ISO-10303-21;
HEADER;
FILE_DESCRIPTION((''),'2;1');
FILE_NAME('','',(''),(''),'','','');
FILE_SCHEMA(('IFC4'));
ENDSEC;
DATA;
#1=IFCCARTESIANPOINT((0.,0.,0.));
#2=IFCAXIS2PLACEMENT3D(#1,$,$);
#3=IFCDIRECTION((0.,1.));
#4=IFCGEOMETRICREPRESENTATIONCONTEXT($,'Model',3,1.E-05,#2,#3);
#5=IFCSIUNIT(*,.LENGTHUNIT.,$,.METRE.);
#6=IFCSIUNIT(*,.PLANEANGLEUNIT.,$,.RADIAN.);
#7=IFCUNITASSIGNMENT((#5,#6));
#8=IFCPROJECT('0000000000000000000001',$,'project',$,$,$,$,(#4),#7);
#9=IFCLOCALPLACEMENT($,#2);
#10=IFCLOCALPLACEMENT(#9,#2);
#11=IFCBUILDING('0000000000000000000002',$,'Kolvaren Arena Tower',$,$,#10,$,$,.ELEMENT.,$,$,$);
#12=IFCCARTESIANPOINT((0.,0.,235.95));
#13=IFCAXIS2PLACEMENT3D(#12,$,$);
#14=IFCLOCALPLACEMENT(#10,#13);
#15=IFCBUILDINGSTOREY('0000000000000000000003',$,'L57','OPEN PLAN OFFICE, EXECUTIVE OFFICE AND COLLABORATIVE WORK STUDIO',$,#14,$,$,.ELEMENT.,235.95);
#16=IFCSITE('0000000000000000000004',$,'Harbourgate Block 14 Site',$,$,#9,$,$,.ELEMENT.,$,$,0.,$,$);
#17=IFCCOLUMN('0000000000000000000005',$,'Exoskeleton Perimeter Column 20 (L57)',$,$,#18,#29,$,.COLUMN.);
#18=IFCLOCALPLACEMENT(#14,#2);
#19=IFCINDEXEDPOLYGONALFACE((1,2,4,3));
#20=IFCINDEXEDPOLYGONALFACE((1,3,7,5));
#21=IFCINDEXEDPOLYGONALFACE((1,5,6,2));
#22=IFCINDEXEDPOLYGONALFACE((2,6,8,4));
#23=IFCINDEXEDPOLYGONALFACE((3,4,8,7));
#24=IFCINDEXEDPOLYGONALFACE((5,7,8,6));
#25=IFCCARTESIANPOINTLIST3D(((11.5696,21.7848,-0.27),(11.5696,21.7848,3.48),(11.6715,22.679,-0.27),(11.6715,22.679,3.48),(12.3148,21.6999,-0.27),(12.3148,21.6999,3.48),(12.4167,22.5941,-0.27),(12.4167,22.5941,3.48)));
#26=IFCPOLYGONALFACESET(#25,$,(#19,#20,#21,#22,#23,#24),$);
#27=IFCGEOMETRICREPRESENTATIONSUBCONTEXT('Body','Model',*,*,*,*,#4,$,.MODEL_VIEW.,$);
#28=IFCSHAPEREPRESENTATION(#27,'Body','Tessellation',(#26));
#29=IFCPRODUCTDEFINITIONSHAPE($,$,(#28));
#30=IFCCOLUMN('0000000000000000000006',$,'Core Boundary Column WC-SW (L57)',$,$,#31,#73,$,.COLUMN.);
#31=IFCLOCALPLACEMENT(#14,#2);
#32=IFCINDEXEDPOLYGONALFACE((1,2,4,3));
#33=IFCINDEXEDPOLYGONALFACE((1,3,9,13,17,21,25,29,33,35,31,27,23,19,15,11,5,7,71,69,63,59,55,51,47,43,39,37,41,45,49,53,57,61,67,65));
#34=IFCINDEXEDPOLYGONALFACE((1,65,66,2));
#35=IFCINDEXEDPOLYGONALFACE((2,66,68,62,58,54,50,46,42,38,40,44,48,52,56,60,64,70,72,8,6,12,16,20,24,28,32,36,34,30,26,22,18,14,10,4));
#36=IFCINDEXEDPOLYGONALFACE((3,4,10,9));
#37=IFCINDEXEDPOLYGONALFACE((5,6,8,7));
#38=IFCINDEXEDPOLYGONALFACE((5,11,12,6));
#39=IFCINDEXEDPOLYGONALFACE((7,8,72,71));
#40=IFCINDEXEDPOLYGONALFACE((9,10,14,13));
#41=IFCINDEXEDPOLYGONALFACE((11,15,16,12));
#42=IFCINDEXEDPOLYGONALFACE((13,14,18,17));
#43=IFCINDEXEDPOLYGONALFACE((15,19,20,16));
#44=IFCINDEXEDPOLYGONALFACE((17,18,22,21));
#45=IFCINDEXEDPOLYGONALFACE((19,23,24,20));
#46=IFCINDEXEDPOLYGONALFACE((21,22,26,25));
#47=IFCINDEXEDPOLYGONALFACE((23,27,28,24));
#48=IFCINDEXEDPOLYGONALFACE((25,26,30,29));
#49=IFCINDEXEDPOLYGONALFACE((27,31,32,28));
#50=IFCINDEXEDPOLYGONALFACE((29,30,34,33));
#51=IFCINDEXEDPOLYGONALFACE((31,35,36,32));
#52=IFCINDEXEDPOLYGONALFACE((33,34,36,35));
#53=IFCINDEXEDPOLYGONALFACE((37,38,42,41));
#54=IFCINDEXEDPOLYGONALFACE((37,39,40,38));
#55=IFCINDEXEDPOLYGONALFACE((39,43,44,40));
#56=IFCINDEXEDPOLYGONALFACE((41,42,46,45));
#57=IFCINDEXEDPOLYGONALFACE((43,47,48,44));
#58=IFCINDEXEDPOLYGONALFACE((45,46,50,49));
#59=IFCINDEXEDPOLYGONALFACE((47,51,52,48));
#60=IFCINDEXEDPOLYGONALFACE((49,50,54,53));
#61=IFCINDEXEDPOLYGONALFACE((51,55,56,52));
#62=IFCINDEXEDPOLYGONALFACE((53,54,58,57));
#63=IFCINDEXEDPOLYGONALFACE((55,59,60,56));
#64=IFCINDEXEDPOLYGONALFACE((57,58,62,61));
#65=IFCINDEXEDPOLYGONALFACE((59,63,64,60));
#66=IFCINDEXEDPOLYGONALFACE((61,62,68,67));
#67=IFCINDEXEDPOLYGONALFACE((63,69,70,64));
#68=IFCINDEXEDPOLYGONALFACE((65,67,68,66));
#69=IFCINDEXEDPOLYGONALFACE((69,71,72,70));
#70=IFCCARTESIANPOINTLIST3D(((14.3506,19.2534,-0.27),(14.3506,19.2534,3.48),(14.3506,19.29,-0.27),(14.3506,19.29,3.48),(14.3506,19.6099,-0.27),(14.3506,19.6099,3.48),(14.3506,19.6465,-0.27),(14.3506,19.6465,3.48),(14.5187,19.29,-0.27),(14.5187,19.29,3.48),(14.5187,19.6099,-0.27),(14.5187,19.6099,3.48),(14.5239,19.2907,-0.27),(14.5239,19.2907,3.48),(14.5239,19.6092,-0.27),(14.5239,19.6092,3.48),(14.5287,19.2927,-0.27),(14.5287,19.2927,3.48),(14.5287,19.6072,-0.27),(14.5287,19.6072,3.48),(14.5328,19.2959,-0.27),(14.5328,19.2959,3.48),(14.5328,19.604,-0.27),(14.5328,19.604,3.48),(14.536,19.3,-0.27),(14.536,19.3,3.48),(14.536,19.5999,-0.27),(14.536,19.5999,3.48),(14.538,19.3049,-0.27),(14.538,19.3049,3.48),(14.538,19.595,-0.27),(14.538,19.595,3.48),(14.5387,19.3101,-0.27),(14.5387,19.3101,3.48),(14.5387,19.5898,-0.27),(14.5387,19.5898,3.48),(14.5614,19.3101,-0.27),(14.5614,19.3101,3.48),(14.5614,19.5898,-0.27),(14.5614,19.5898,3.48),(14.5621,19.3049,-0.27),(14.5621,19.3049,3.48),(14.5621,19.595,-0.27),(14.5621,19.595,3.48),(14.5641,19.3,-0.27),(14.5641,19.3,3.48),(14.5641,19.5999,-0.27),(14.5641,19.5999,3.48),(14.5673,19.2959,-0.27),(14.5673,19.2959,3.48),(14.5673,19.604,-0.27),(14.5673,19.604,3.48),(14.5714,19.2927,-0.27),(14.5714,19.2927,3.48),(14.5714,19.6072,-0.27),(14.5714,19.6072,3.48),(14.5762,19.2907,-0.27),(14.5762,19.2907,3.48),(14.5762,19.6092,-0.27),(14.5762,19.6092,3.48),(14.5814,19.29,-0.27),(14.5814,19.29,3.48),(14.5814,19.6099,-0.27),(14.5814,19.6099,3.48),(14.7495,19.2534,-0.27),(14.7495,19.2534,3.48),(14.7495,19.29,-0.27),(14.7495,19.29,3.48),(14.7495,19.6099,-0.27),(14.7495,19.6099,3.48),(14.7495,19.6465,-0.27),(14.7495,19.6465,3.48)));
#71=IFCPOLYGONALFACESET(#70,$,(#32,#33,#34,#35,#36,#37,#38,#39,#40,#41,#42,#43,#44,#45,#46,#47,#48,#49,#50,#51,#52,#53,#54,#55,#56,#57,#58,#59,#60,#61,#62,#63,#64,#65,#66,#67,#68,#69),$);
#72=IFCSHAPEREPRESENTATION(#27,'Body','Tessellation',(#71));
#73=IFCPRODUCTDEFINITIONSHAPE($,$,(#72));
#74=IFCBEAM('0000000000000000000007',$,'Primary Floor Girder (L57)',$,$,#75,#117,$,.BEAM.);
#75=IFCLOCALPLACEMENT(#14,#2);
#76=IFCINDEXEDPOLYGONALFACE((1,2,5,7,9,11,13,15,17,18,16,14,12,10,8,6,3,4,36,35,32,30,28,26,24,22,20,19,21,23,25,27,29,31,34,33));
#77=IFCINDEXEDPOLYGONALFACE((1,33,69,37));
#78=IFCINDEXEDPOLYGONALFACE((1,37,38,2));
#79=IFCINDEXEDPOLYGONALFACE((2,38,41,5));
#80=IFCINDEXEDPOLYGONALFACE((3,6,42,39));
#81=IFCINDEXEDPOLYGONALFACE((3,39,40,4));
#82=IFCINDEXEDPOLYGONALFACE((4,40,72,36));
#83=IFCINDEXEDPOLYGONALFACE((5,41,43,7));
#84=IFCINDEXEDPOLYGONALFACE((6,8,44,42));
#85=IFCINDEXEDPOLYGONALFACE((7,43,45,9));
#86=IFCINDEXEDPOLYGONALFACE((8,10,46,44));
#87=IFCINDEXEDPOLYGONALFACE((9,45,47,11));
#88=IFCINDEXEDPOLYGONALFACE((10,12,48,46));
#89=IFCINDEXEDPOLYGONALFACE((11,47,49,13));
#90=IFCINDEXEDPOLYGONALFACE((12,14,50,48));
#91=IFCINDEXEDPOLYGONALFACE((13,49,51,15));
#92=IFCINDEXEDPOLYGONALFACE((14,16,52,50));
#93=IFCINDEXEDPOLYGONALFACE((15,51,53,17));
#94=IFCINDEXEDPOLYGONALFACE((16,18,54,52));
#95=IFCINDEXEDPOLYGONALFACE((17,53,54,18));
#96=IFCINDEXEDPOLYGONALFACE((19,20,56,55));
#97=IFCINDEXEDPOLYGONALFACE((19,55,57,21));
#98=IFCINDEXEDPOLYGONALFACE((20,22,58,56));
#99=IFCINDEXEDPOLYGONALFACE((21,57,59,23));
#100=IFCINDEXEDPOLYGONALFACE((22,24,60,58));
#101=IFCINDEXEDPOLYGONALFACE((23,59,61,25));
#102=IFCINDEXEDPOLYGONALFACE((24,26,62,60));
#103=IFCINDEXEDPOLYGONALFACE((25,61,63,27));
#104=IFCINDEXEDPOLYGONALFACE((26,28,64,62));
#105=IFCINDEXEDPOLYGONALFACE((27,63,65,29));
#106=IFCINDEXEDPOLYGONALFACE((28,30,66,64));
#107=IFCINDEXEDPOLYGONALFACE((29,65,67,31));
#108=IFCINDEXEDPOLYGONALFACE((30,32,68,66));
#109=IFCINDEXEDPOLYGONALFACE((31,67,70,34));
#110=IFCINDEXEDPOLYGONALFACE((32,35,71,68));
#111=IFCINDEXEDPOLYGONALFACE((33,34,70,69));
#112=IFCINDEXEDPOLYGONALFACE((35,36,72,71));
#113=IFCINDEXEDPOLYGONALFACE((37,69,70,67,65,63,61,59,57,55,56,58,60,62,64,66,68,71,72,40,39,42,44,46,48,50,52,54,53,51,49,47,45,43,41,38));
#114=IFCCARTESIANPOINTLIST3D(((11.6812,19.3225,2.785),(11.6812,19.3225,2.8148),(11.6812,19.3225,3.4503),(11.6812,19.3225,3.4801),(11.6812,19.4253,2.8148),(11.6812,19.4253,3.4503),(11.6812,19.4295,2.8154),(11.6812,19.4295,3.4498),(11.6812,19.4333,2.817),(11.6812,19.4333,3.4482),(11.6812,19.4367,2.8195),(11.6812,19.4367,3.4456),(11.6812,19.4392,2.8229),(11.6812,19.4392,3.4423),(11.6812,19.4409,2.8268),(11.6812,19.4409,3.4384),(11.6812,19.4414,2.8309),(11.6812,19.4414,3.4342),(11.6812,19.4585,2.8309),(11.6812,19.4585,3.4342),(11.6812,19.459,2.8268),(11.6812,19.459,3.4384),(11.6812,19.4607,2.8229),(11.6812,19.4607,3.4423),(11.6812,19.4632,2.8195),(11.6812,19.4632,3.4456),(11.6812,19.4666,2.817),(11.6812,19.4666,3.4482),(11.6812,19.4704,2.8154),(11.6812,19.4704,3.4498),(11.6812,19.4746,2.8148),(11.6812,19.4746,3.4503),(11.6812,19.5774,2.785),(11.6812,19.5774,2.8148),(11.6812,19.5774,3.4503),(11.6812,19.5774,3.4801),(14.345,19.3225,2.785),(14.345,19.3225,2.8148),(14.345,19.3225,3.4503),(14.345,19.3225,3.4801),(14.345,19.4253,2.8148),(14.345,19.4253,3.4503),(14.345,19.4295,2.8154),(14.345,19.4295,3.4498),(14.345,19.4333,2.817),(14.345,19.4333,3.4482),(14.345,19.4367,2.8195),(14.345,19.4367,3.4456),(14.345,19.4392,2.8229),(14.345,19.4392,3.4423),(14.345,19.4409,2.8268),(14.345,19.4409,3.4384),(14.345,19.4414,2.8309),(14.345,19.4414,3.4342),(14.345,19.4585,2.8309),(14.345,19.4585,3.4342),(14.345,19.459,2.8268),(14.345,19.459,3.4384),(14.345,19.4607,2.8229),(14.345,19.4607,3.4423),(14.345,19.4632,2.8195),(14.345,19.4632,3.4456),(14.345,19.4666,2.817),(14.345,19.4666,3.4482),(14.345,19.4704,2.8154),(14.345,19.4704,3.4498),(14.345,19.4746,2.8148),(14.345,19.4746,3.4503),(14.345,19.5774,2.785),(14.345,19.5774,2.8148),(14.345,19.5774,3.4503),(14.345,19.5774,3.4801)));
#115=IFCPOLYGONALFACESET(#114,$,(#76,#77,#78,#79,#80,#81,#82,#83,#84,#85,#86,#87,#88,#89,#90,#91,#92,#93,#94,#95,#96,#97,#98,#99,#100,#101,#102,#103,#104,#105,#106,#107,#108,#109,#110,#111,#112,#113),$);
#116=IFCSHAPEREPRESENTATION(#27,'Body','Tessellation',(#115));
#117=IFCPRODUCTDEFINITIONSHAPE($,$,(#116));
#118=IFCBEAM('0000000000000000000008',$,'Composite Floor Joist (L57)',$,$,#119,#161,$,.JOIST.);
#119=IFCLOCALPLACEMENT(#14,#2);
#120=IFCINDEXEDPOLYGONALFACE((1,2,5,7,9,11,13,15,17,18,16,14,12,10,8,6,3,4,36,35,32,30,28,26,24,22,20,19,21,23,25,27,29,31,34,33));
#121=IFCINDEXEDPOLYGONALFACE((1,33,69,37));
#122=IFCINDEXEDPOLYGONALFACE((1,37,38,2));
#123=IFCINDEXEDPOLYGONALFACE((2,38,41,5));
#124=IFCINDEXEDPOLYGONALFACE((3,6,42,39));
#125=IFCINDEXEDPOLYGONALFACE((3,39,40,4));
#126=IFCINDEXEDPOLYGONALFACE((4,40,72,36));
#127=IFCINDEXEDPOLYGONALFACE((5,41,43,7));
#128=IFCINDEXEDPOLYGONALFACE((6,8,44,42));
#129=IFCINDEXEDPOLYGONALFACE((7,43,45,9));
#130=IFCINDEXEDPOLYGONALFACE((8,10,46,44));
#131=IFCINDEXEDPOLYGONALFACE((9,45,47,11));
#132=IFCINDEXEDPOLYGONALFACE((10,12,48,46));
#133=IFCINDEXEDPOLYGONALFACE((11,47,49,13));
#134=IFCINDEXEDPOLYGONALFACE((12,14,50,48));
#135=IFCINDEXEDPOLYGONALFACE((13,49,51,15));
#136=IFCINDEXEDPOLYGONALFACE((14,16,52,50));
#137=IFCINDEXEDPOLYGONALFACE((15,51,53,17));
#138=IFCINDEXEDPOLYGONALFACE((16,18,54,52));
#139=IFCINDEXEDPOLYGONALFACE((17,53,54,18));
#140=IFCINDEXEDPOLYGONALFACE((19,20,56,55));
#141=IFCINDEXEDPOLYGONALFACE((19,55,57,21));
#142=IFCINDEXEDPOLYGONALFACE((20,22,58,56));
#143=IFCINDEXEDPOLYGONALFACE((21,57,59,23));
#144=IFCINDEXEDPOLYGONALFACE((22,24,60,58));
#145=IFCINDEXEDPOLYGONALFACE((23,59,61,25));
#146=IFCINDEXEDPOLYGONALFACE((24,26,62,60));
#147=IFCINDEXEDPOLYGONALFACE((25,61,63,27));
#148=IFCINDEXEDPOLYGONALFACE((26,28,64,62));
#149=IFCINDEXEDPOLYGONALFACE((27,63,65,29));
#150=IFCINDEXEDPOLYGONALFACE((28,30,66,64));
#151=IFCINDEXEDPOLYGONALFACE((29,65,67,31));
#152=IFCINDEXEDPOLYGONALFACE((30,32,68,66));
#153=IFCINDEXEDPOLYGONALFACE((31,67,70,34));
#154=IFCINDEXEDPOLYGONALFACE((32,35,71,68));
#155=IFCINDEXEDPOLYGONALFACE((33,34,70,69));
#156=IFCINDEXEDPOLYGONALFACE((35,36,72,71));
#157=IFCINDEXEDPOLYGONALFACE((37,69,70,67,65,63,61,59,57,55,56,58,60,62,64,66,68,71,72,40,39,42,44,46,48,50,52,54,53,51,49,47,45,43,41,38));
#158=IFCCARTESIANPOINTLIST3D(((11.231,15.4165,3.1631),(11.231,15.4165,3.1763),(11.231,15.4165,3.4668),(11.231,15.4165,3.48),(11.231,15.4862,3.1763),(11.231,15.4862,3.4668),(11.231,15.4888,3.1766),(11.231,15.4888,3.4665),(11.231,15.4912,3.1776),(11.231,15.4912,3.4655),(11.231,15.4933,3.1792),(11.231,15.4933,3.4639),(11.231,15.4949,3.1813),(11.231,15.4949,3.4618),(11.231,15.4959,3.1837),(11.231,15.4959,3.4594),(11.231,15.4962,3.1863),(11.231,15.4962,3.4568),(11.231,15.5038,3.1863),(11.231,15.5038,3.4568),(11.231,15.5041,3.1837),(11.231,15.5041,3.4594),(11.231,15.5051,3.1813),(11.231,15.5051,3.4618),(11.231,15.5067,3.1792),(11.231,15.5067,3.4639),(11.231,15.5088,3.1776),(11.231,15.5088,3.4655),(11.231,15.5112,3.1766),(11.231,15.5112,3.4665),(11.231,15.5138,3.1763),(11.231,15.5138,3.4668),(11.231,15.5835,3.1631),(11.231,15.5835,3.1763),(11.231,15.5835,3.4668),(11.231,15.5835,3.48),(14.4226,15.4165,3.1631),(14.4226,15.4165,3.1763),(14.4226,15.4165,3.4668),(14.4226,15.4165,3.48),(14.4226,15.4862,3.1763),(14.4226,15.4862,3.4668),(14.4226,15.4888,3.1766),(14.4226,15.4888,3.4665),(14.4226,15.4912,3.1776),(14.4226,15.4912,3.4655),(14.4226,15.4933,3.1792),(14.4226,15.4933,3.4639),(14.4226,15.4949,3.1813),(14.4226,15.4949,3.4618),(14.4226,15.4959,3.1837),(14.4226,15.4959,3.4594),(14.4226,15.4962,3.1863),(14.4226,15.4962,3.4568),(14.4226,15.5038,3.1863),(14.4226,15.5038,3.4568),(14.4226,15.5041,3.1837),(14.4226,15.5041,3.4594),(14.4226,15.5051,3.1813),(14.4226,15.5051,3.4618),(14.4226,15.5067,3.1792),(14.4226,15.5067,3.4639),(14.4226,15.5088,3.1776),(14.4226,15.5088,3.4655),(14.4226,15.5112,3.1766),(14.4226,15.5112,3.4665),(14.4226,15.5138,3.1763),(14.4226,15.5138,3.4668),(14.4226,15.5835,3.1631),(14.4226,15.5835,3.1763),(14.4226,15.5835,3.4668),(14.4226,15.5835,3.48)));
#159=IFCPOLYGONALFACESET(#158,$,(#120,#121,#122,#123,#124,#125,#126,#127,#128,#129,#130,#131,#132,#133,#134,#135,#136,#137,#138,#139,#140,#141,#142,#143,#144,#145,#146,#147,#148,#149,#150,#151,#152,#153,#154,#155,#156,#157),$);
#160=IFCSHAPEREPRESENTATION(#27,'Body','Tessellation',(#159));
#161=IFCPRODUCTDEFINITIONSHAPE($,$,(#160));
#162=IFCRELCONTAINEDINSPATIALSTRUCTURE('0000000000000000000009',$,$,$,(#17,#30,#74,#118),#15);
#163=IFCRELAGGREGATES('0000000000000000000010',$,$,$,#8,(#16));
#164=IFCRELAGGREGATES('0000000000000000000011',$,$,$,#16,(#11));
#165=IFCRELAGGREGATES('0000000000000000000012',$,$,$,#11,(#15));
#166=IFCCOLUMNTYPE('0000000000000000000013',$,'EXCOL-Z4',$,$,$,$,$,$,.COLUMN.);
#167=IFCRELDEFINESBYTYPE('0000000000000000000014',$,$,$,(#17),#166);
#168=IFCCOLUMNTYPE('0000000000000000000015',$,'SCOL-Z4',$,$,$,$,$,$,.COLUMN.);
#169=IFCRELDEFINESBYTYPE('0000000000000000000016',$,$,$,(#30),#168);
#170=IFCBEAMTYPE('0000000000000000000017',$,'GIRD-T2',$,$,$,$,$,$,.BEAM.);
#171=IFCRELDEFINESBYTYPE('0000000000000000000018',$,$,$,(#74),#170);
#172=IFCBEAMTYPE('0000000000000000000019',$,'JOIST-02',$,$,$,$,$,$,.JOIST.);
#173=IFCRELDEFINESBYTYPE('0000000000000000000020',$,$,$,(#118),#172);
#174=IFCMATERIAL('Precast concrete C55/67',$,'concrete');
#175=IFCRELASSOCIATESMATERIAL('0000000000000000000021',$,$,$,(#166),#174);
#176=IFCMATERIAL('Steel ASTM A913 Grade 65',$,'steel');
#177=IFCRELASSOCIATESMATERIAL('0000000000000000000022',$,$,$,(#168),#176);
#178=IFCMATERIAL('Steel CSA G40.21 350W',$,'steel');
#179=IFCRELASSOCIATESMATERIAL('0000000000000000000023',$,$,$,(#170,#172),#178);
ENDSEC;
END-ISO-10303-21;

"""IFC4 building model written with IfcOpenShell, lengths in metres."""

from ifc_helpers import new_model, si_unit, direction, frame, origin, origin_2d, place, context, subcontext, project, spatial, rectangle, i_section, extrude, material, material_profile, profile_set, type_object, element, save


model = new_model("IFC4")

# Units and contexts
model_context = context("Model", 3, precision=1e-05, world=origin(), true_north=direction((0.0, 1.0)))
body_context = subcontext(model_context, "Body", "Model", "MODEL_VIEW")
ifc_project = project(units=[si_unit("LENGTHUNIT", "METRE"), si_unit("PLANEANGLEUNIT", "RADIAN")], contexts=[model_context])

# Site, building, storey
site_placement = place(None, origin())
site = spatial("IfcSite", under=ifc_project, at=site_placement, Name="Harbourgate Block 14 Site", CompositionType="ELEMENT", RefElevation=0.0)
building_placement = place(site_placement, origin())
building = spatial("IfcBuilding", under=site, at=building_placement, Name="Kolvaren Arena Tower", CompositionType="ELEMENT")
storey_placement = place(building_placement, frame((0.0, 0.0, 235.95)))
storey = spatial("IfcBuildingStorey", under=building, at=storey_placement, Name="L57", Description="OPEN PLAN OFFICE, EXECUTIVE OFFICE AND COLLABORATIVE WORK STUDIO", CompositionType="ELEMENT", Elevation=235.95)

# Columns
ifc_material_1 = material(Name="Precast concrete C55/67", Category="concrete")
ifc_material_profile_1 = material_profile(ifc_material_1, rectangle(XDim=0.8999, YDim=0.75, at=origin_2d()), Name="RC-900x750")
ifc_profile_set_1 = profile_set([ifc_material_profile_1], Name="Precast concrete C55/67")
column_type_1 = type_object("IfcColumnType", Name="EXCOL-Z4", PredefinedType="COLUMN", material=ifc_profile_set_1)
column_1_placement = place(storey_placement, frame((11.9932, 22.1895, -0.27), z_axis=(0.0, 0.0, 1.0), x_axis=(0.113203, 0.993572, 0.0)))
element("IfcColumn", 1, at=column_1_placement, inside=storey, type_object=column_type_1, Name="Exoskeleton Perimeter Column 20 (L57)", PredefinedType="COLUMN", context=body_context, shape_type="SweptSolid", body=[
    extrude(rectangle(XDim=0.8999, YDim=0.75, at=origin_2d()), origin(), (0.0, 0.0, 1.0), 3.75),
])
ifc_material_2 = material(Name="Steel ASTM A913 Grade 65", Category="steel")
ifc_material_profile_2 = material_profile(ifc_material_2, i_section(OverallWidth=0.3989, OverallDepth=0.3931, WebThickness=0.0227, FlangeThickness=0.0366, FilletRadius=0.02, at=origin_2d()), Name="W360x287")
ifc_profile_set_2 = profile_set([ifc_material_profile_2], Name="Steel ASTM A913 Grade 65")
column_type_2 = type_object("IfcColumnType", Name="SCOL-Z4", PredefinedType="COLUMN", material=ifc_profile_set_2)
column_2_placement = place(storey_placement, frame((14.55, 19.45, -0.27), z_axis=(0.0, 0.0, 1.0), x_axis=(1.0, 0.0, 0.0)))
element("IfcColumn", 2, at=column_2_placement, inside=storey, type_object=column_type_2, Name="Core Boundary Column WC-SW (L57)", PredefinedType="COLUMN", context=body_context, shape_type="SweptSolid", body=[
    extrude(i_section(OverallWidth=0.3989, OverallDepth=0.3931, WebThickness=0.0227, FlangeThickness=0.0366, FilletRadius=0.02, at=origin_2d()), origin(), (0.0, 0.0, 1.0), 3.75),
])

# Beams
ifc_material_3 = material(Name="Steel CSA G40.21 350W", Category="steel")
ifc_material_profile_3 = material_profile(ifc_material_3, i_section(OverallWidth=0.2549, OverallDepth=0.6951, WebThickness=0.0171, FlangeThickness=0.0298, FilletRadius=0.0161, at=origin_2d()), Name="W690x217")
ifc_profile_set_3 = profile_set([ifc_material_profile_3], Name="Steel CSA G40.21 350W")
beam_type_1 = type_object("IfcBeamType", Name="GIRD-T2", PredefinedType="BEAM", material=ifc_profile_set_3)
beam_1_placement = place(storey_placement, frame((11.6812, 19.45, 3.1326), z_axis=(1.0, 0.0, 0.0), x_axis=(0.0, 1.0, 0.0)))
element("IfcBeam", 3, at=beam_1_placement, inside=storey, type_object=beam_type_1, Name="Primary Floor Girder (L57)", PredefinedType="BEAM", context=body_context, shape_type="SweptSolid", body=[
    extrude(i_section(OverallWidth=0.2549, OverallDepth=0.6951, WebThickness=0.0171, FlangeThickness=0.0298, FilletRadius=0.0161, at=origin_2d()), origin(), (0.0, 0.0, 1.0), 2.6638),
])
ifc_material_profile_4 = material_profile(ifc_material_3, i_section(OverallWidth=0.167, OverallDepth=0.3169, WebThickness=0.0076, FlangeThickness=0.0132, FilletRadius=0.01, at=origin_2d()), Name="W310x52")
ifc_profile_set_4 = profile_set([ifc_material_profile_4], Name="Steel CSA G40.21 350W")
beam_type_2 = type_object("IfcBeamType", Name="JOIST-02", PredefinedType="JOIST", material=ifc_profile_set_4)
beam_2_placement = place(storey_placement, frame((11.231, 15.5, 3.3215), z_axis=(1.0, 0.0, 0.0), x_axis=(0.0, 1.0, 0.0)))
element("IfcBeam", 4, at=beam_2_placement, inside=storey, type_object=beam_type_2, Name="Composite Floor Joist (L57)", PredefinedType="JOIST", context=body_context, shape_type="SweptSolid", body=[
    extrude(i_section(OverallWidth=0.167, OverallDepth=0.3169, WebThickness=0.0076, FlangeThickness=0.0132, FilletRadius=0.01, at=origin_2d()), origin(), (0.0, 0.0, 1.0), 3.1917),
])

save(model, "model.ifc")
